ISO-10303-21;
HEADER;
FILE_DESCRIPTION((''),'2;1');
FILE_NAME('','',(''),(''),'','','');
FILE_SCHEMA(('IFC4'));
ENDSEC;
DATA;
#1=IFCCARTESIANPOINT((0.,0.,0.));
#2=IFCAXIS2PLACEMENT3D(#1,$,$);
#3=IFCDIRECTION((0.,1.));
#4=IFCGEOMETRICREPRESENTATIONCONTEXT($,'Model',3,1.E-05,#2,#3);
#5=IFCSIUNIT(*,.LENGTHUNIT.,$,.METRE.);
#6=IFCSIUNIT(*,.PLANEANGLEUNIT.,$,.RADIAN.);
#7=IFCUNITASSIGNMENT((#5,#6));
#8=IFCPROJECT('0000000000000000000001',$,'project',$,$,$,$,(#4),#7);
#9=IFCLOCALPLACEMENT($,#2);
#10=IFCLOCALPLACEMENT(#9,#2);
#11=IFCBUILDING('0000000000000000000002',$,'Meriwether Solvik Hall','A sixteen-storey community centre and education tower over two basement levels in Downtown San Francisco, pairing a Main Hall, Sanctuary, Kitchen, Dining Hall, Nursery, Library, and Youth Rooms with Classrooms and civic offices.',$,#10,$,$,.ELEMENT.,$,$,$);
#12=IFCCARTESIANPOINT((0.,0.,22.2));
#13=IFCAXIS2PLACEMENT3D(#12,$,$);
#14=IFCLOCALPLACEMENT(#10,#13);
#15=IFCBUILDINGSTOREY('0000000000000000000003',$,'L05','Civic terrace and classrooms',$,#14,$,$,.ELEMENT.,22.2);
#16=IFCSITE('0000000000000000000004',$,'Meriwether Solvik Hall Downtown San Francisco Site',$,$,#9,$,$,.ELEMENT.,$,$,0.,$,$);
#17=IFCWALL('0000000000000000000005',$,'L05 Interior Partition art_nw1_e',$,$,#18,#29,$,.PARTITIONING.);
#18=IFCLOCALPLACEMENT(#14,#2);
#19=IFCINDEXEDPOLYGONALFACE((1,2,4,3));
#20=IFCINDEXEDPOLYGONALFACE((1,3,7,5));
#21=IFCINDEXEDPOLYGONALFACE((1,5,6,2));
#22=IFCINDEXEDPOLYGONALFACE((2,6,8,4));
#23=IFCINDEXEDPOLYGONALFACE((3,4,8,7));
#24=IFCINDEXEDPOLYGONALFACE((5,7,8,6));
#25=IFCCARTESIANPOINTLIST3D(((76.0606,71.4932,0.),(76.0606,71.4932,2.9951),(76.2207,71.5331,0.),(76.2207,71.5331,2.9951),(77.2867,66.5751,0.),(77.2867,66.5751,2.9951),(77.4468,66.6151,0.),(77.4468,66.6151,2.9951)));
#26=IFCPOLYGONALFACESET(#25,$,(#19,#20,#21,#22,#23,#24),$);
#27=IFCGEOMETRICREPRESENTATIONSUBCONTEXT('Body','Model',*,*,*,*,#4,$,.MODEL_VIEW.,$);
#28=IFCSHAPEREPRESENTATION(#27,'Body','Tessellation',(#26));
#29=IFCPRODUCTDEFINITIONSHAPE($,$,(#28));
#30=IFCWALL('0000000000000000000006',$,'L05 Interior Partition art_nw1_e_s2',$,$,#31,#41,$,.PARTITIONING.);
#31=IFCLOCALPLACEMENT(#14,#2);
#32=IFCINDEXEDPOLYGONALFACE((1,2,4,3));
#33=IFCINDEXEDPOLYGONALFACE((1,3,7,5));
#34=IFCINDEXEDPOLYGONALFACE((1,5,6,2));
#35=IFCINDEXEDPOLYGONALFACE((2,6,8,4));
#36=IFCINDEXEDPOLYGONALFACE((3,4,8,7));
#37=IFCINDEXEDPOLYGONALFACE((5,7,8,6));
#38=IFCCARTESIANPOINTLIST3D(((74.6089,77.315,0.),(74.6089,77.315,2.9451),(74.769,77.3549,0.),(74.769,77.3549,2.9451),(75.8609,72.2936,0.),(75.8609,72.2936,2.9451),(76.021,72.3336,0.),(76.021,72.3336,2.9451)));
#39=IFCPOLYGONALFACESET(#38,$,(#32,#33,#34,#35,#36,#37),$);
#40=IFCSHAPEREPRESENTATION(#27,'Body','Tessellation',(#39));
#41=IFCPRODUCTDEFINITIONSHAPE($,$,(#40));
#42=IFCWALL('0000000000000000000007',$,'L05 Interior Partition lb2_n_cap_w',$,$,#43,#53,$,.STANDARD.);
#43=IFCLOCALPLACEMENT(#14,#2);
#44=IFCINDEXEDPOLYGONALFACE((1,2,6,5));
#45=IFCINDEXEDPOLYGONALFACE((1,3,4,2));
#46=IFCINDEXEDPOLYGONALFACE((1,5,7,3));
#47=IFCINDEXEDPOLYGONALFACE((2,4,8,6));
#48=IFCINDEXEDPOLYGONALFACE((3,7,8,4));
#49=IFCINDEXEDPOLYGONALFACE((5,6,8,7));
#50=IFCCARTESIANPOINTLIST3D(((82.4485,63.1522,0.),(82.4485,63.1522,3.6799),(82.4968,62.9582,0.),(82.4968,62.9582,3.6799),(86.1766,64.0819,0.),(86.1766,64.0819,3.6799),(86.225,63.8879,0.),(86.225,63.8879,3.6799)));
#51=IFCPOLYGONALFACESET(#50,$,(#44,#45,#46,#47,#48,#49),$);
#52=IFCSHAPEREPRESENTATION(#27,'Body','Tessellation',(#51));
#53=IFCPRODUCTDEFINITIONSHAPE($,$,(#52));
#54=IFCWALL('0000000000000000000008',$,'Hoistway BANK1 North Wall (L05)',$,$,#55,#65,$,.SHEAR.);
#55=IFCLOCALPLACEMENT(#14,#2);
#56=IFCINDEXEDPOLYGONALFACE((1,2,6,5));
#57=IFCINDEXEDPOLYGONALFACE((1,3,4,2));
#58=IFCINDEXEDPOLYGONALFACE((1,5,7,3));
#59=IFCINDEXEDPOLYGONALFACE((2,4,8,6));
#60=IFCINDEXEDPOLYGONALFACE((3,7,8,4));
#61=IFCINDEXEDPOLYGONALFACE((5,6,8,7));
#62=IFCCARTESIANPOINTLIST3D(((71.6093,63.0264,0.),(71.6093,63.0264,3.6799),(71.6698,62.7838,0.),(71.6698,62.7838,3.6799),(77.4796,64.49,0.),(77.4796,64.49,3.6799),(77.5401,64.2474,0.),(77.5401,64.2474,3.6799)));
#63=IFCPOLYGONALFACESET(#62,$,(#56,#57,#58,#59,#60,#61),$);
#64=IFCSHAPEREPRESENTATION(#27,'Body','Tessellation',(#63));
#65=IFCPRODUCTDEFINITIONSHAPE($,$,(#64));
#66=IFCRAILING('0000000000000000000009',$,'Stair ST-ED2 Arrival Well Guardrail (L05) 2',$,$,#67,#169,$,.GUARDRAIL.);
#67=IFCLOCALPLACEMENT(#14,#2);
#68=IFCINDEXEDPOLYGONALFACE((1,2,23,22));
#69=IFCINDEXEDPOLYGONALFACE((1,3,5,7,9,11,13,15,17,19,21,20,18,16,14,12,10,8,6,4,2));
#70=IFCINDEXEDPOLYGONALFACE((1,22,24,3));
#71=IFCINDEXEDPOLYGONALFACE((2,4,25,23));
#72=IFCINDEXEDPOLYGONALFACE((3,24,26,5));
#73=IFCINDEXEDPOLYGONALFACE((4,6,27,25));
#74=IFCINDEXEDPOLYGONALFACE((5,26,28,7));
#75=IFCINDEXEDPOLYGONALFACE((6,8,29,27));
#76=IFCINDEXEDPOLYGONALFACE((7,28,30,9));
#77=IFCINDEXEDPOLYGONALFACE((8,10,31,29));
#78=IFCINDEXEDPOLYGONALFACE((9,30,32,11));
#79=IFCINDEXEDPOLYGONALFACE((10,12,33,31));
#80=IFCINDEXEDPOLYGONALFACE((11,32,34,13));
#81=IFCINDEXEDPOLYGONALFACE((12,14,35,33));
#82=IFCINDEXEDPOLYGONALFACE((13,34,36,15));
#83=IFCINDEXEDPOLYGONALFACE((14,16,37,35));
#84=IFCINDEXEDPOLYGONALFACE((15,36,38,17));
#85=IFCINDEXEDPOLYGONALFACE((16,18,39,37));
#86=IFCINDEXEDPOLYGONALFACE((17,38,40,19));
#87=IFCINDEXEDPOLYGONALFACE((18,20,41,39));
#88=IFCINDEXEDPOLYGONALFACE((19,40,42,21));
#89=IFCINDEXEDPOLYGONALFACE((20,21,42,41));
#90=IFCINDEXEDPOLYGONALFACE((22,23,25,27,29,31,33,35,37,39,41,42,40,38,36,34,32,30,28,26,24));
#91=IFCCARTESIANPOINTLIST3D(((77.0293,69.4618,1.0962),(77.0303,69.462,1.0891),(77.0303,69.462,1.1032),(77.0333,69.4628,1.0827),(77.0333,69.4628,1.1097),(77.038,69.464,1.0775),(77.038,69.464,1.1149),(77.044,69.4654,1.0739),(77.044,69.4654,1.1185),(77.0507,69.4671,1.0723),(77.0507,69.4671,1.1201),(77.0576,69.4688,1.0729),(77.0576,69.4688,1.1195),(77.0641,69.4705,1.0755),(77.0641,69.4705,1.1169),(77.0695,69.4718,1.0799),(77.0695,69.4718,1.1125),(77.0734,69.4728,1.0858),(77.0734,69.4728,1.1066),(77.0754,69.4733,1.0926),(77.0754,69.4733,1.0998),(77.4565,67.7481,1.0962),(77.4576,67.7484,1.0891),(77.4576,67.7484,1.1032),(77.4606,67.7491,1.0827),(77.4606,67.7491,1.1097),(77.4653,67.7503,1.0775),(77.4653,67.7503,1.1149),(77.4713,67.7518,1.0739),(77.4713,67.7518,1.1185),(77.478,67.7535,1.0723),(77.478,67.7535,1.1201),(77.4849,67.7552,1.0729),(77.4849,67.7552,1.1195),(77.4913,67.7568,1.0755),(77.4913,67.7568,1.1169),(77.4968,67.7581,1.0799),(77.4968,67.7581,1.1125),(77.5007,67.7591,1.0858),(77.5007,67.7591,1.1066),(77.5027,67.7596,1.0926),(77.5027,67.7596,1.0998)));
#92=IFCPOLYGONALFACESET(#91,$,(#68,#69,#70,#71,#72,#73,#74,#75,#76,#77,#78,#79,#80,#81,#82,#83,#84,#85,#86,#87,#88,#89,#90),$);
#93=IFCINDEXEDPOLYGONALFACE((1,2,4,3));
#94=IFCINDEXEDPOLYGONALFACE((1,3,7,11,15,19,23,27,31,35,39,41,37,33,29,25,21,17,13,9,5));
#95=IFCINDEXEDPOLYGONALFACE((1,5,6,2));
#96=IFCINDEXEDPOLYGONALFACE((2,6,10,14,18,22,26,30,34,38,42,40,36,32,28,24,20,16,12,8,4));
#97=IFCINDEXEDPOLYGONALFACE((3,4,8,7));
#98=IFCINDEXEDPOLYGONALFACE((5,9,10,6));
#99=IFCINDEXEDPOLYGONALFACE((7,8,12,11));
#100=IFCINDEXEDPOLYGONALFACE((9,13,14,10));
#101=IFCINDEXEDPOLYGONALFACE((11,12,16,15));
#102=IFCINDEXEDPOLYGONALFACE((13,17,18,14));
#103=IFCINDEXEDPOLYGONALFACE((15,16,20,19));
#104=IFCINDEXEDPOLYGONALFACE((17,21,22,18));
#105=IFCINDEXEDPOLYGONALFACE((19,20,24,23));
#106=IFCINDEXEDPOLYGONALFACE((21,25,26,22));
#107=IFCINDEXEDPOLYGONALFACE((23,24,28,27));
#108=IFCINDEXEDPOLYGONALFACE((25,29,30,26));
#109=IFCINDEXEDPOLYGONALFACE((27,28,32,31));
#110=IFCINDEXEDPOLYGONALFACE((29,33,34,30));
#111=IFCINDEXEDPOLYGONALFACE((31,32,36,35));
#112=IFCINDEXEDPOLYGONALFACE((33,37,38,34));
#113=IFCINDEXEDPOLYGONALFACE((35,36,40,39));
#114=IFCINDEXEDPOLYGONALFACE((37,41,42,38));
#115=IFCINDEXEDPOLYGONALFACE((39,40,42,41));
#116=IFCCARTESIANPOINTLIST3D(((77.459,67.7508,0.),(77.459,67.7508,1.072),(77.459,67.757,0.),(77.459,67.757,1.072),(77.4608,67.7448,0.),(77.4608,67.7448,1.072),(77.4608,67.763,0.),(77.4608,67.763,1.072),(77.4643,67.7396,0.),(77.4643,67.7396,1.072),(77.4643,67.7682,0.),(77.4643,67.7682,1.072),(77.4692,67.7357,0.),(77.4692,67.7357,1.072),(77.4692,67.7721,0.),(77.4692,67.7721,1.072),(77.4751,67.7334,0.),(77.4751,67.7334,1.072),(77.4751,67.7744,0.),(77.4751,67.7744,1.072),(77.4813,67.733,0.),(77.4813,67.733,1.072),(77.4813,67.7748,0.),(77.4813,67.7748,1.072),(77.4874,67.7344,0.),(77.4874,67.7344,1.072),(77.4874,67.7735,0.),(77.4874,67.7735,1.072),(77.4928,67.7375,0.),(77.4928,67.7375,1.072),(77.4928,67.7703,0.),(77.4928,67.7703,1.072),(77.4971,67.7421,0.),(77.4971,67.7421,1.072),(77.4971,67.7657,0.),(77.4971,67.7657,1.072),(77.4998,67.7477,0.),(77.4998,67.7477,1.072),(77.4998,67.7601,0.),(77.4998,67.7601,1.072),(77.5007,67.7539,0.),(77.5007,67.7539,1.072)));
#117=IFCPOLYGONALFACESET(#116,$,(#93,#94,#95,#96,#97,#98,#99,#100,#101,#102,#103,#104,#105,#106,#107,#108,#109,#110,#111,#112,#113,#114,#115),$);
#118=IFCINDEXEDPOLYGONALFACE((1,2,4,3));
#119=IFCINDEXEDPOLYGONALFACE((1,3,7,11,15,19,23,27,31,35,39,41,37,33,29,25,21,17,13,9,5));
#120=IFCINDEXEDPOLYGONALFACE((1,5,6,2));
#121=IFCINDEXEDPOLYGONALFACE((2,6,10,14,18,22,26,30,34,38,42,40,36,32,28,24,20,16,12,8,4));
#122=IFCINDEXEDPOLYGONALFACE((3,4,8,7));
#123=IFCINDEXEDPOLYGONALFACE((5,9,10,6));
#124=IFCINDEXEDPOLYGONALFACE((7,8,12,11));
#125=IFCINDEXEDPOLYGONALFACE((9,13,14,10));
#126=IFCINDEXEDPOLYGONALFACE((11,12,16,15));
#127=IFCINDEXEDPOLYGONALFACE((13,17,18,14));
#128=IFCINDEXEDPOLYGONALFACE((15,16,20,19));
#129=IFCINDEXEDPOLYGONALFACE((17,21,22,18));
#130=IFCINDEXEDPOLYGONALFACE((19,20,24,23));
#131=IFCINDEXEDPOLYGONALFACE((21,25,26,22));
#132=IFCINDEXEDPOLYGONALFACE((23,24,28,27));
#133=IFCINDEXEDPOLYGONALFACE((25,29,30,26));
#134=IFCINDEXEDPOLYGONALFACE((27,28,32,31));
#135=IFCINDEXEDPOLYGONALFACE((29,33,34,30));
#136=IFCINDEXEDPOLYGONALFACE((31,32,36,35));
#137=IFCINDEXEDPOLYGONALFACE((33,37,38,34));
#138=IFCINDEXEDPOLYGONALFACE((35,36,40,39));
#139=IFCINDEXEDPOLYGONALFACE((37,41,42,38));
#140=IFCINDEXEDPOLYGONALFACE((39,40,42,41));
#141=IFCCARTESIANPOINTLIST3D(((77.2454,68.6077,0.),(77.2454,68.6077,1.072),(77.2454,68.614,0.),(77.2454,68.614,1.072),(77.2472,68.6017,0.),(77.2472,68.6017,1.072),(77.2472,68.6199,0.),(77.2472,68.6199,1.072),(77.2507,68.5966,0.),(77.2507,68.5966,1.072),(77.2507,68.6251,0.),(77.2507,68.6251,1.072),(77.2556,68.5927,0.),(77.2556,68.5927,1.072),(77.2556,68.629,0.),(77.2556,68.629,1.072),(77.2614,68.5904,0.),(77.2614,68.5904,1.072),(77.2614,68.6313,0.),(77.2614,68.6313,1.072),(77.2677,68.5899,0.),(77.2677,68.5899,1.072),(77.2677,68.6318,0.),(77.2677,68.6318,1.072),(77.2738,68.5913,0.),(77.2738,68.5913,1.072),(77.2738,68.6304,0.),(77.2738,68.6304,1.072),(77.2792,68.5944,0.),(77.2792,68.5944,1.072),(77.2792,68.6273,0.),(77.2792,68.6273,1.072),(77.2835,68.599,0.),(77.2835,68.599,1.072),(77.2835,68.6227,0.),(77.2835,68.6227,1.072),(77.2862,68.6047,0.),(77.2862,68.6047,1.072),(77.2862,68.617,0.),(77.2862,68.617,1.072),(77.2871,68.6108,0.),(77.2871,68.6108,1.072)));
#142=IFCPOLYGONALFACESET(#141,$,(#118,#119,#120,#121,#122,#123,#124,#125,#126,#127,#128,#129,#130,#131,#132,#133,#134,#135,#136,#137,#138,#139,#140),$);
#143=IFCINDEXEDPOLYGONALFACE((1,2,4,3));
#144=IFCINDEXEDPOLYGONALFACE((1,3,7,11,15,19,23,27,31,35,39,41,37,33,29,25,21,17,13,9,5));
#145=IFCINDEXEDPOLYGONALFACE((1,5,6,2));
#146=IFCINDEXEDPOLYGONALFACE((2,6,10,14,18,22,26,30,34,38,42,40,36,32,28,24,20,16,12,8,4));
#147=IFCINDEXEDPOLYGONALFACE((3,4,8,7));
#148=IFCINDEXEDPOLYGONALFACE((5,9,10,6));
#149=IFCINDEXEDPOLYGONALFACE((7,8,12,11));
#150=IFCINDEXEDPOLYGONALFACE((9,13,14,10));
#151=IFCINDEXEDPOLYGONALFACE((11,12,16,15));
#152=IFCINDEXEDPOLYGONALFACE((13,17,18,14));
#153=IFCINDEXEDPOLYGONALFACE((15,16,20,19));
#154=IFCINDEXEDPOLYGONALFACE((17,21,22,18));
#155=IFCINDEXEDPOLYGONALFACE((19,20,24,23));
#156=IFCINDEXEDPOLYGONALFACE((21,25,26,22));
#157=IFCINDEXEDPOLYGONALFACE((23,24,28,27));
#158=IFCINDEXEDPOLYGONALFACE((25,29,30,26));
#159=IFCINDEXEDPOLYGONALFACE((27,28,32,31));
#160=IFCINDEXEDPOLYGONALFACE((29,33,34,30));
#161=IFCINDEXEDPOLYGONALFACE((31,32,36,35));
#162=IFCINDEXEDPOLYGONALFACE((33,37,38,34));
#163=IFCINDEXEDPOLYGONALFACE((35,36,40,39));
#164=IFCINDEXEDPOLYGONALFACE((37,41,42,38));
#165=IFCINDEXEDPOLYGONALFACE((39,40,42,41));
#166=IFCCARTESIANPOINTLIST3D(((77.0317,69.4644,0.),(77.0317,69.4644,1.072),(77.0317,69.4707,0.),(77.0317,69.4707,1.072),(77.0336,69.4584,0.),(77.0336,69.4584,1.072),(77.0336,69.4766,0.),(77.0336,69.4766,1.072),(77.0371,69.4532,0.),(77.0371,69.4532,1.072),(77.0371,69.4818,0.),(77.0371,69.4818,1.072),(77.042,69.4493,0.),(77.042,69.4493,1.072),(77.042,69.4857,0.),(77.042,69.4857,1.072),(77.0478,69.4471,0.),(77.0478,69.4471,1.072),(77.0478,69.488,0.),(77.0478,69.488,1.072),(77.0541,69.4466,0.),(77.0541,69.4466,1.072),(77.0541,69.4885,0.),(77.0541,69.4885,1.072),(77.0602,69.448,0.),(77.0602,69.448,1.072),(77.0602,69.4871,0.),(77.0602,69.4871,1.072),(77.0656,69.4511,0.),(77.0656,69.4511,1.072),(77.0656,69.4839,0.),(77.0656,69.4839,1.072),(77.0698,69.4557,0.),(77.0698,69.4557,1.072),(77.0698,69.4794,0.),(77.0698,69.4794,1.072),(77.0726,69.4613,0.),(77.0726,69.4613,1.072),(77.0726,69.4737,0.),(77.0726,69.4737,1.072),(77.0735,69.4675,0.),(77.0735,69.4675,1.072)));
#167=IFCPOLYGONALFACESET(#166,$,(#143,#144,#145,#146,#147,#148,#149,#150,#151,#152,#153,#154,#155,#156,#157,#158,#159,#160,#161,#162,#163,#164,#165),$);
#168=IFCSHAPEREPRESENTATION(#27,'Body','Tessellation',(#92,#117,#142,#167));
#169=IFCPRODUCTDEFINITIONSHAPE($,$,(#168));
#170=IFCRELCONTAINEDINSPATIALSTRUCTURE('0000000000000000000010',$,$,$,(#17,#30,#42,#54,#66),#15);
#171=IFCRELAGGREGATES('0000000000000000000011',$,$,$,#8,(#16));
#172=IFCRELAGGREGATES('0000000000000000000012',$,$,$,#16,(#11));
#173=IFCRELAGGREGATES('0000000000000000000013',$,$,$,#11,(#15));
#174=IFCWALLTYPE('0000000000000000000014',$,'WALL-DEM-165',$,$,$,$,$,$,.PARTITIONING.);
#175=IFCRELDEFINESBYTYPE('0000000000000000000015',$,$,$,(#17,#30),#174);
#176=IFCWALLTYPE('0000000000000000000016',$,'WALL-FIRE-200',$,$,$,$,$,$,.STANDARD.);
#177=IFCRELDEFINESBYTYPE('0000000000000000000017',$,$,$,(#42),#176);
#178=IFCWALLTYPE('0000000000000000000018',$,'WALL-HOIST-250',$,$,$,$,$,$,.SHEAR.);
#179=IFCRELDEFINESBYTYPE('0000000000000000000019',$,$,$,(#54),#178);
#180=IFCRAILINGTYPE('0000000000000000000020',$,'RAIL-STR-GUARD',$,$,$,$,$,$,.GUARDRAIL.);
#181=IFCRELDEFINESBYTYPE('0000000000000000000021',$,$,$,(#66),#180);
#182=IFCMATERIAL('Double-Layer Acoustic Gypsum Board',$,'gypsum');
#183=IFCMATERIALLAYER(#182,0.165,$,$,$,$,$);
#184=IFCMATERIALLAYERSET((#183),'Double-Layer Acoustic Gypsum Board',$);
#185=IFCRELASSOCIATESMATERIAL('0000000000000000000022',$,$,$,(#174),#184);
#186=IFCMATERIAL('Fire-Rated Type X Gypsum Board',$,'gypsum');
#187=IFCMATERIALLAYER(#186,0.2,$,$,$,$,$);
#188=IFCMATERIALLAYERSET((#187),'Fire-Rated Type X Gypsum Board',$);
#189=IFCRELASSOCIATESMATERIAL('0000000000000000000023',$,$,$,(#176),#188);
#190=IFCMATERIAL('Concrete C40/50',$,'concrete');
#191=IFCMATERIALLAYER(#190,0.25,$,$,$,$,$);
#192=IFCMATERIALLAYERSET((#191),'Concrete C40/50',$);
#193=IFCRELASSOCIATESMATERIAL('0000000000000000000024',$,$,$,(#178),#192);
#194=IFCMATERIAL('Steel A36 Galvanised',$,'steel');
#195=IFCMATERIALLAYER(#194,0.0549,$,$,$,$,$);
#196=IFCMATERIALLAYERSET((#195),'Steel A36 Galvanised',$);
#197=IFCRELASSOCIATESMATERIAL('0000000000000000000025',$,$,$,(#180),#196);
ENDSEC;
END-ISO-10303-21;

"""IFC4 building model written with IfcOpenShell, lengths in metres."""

from ifc_helpers import new_model, si_unit, direction, frame, frame_2d, origin, origin_2d, place, context, subcontext, project, spatial, rectangle, circle, extrude, material, layer, layer_set, type_object, element, save


model = new_model("IFC4")

# Units and contexts
model_context = context("Model", 3, precision=1e-05, world=origin(), true_north=direction((0.0, 1.0)))
body_context = subcontext(model_context, "Body", "Model", "MODEL_VIEW")
ifc_project = project(units=[si_unit("LENGTHUNIT", "METRE"), si_unit("PLANEANGLEUNIT", "RADIAN")], contexts=[model_context])

# Site, building, storey
site_placement = place(None, origin())
site = spatial("IfcSite", under=ifc_project, at=site_placement, Name="Meriwether Solvik Hall Downtown San Francisco Site", CompositionType="ELEMENT", RefElevation=0.0)
building_placement = place(site_placement, origin())
building = spatial("IfcBuilding", under=site, at=building_placement, Name="Meriwether Solvik Hall", Description="A sixteen-storey community centre and education tower over two basement levels in Downtown San Francisco, pairing a Main Hall, Sanctuary, Kitchen, Dining Hall, Nursery, Library, and Youth Rooms with Classrooms and civic offices.", CompositionType="ELEMENT")
storey_placement = place(building_placement, frame((0.0, 0.0, 22.2)))
storey = spatial("IfcBuildingStorey", under=building, at=storey_placement, Name="L05", Description="Civic terrace and classrooms", CompositionType="ELEMENT", Elevation=22.2)

# Walls
ifc_material_1 = material(Name="Double-Layer Acoustic Gypsum Board", Category="gypsum")
ifc_layer_1 = layer(ifc_material_1, 0.165)
ifc_layer_set_1 = layer_set([ifc_layer_1], Name="Double-Layer Acoustic Gypsum Board")
wall_type_1 = type_object("IfcWallType", Name="WALL-DEM-165", PredefinedType="PARTITIONING", material=ifc_layer_set_1)
wall_1_placement = place(storey_placement, frame((77.3667, 66.5952, 0.0), z_axis=(0.0, 0.0, 1.0), x_axis=(-0.241901, 0.970301, 0.0)))
element("IfcWall", 1, at=wall_1_placement, inside=storey, type_object=wall_type_1, Name="L05 Interior Partition art_nw1_e", PredefinedType="PARTITIONING", context=body_context, shape_type="SweptSolid", body=[
    extrude(rectangle(XDim=5.0686, YDim=0.165, at=frame_2d((2.5342, 0.0))), origin(), (0.0, 0.0, 1.0), 2.9951),
])
wall_2_placement = place(storey_placement, frame((75.9409, 72.3137, 0.0), z_axis=(0.0, 0.0, 1.0), x_axis=(-0.241925, 0.970295, 0.0)))
element("IfcWall", 2, at=wall_2_placement, inside=storey, type_object=wall_type_1, Name="L05 Interior Partition art_nw1_e_s2", PredefinedType="PARTITIONING", context=body_context, shape_type="SweptSolid", body=[
    extrude(rectangle(XDim=5.175, YDim=0.165, at=frame_2d((2.5874, 0.0))), origin(), (0.0, 0.0, 1.0), 2.9451),
])
ifc_material_2 = material(Name="Fire-Rated Type X Gypsum Board", Category="gypsum")
ifc_layer_2 = layer(ifc_material_2, 0.2)
ifc_layer_set_2 = layer_set([ifc_layer_2], Name="Fire-Rated Type X Gypsum Board")
wall_type_2 = type_object("IfcWallType", Name="WALL-FIRE-200", PredefinedType="STANDARD", material=ifc_layer_set_2)
wall_3_placement = place(storey_placement, frame((82.4727, 63.0552, 0.0), z_axis=(0.0, 0.0, 1.0), x_axis=(0.970284, 0.241967, 0.0)))
element("IfcWall", 3, at=wall_3_placement, inside=storey, type_object=wall_type_2, Name="L05 Interior Partition lb2_n_cap_w", PredefinedType="STANDARD", context=body_context, shape_type="SweptSolid", body=[
    extrude(rectangle(XDim=3.8423, YDim=0.2, at=frame_2d((1.9211, 0.0))), origin(), (0.0, 0.0, 1.0), 3.6799),
])
ifc_material_3 = material(Name="Concrete C40/50", Category="concrete")
ifc_layer_3 = layer(ifc_material_3, 0.25)
ifc_layer_set_3 = layer_set([ifc_layer_3], Name="Concrete C40/50")
wall_type_3 = type_object("IfcWallType", Name="WALL-HOIST-250", PredefinedType="SHEAR", material=ifc_layer_set_3)
wall_4_placement = place(storey_placement, frame((77.5098, 64.3687, 0.0), z_axis=(0.0, 0.0, 1.0), x_axis=(-0.970297, -0.241918, 0.0)))
element("IfcWall", 4, at=wall_4_placement, inside=storey, type_object=wall_type_3, Name="Hoistway BANK1 North Wall (L05)", PredefinedType="SHEAR", context=body_context, shape_type="SweptSolid", body=[
    extrude(rectangle(XDim=6.05, YDim=0.25, at=frame_2d((3.0249, 0.0))), origin(), (0.0, 0.0, 1.0), 3.6799),
])

# Railing
ifc_material_4 = material(Name="Steel A36 Galvanised", Category="steel")
ifc_layer_4 = layer(ifc_material_4, 0.0549)
ifc_layer_set_4 = layer_set([ifc_layer_4], Name="Steel A36 Galvanised")
railing_type = type_object("IfcRailingType", Name="RAIL-STR-GUARD", PredefinedType="GUARDRAIL", material=ifc_layer_set_4)
railing_1_placement = place(storey_placement, frame((77.4797, 67.7539, 0.0)))
element("IfcRailing", 5, at=railing_1_placement, inside=storey, type_object=railing_type, Name="Stair ST-ED2 Arrival Well Guardrail (L05) 2", PredefinedType="GUARDRAIL", context=body_context, shape_type="SweptSolid", body=[
    extrude(circle(Radius=0.0239, at=origin_2d()), frame((0.0, 0.0, 1.0962), z_axis=(-0.241918, 0.970297, 0.0), x_axis=(-0.970297, -0.241918, 0.0)), (0.0, 0.0, 1.0), 1.7661),
    extrude(circle(Radius=0.021, at=origin_2d()), origin(), (0.0, 0.0, 1.0), 1.072),
    extrude(circle(Radius=0.021, at=origin_2d()), frame((-0.2136, 0.8569, 0.0)), (0.0, 0.0, 1.0), 1.072),
    extrude(circle(Radius=0.021, at=origin_2d()), frame((-0.4272, 1.7136, 0.0)), (0.0, 0.0, 1.0), 1.072),
])

save(model, "model.ifc")
